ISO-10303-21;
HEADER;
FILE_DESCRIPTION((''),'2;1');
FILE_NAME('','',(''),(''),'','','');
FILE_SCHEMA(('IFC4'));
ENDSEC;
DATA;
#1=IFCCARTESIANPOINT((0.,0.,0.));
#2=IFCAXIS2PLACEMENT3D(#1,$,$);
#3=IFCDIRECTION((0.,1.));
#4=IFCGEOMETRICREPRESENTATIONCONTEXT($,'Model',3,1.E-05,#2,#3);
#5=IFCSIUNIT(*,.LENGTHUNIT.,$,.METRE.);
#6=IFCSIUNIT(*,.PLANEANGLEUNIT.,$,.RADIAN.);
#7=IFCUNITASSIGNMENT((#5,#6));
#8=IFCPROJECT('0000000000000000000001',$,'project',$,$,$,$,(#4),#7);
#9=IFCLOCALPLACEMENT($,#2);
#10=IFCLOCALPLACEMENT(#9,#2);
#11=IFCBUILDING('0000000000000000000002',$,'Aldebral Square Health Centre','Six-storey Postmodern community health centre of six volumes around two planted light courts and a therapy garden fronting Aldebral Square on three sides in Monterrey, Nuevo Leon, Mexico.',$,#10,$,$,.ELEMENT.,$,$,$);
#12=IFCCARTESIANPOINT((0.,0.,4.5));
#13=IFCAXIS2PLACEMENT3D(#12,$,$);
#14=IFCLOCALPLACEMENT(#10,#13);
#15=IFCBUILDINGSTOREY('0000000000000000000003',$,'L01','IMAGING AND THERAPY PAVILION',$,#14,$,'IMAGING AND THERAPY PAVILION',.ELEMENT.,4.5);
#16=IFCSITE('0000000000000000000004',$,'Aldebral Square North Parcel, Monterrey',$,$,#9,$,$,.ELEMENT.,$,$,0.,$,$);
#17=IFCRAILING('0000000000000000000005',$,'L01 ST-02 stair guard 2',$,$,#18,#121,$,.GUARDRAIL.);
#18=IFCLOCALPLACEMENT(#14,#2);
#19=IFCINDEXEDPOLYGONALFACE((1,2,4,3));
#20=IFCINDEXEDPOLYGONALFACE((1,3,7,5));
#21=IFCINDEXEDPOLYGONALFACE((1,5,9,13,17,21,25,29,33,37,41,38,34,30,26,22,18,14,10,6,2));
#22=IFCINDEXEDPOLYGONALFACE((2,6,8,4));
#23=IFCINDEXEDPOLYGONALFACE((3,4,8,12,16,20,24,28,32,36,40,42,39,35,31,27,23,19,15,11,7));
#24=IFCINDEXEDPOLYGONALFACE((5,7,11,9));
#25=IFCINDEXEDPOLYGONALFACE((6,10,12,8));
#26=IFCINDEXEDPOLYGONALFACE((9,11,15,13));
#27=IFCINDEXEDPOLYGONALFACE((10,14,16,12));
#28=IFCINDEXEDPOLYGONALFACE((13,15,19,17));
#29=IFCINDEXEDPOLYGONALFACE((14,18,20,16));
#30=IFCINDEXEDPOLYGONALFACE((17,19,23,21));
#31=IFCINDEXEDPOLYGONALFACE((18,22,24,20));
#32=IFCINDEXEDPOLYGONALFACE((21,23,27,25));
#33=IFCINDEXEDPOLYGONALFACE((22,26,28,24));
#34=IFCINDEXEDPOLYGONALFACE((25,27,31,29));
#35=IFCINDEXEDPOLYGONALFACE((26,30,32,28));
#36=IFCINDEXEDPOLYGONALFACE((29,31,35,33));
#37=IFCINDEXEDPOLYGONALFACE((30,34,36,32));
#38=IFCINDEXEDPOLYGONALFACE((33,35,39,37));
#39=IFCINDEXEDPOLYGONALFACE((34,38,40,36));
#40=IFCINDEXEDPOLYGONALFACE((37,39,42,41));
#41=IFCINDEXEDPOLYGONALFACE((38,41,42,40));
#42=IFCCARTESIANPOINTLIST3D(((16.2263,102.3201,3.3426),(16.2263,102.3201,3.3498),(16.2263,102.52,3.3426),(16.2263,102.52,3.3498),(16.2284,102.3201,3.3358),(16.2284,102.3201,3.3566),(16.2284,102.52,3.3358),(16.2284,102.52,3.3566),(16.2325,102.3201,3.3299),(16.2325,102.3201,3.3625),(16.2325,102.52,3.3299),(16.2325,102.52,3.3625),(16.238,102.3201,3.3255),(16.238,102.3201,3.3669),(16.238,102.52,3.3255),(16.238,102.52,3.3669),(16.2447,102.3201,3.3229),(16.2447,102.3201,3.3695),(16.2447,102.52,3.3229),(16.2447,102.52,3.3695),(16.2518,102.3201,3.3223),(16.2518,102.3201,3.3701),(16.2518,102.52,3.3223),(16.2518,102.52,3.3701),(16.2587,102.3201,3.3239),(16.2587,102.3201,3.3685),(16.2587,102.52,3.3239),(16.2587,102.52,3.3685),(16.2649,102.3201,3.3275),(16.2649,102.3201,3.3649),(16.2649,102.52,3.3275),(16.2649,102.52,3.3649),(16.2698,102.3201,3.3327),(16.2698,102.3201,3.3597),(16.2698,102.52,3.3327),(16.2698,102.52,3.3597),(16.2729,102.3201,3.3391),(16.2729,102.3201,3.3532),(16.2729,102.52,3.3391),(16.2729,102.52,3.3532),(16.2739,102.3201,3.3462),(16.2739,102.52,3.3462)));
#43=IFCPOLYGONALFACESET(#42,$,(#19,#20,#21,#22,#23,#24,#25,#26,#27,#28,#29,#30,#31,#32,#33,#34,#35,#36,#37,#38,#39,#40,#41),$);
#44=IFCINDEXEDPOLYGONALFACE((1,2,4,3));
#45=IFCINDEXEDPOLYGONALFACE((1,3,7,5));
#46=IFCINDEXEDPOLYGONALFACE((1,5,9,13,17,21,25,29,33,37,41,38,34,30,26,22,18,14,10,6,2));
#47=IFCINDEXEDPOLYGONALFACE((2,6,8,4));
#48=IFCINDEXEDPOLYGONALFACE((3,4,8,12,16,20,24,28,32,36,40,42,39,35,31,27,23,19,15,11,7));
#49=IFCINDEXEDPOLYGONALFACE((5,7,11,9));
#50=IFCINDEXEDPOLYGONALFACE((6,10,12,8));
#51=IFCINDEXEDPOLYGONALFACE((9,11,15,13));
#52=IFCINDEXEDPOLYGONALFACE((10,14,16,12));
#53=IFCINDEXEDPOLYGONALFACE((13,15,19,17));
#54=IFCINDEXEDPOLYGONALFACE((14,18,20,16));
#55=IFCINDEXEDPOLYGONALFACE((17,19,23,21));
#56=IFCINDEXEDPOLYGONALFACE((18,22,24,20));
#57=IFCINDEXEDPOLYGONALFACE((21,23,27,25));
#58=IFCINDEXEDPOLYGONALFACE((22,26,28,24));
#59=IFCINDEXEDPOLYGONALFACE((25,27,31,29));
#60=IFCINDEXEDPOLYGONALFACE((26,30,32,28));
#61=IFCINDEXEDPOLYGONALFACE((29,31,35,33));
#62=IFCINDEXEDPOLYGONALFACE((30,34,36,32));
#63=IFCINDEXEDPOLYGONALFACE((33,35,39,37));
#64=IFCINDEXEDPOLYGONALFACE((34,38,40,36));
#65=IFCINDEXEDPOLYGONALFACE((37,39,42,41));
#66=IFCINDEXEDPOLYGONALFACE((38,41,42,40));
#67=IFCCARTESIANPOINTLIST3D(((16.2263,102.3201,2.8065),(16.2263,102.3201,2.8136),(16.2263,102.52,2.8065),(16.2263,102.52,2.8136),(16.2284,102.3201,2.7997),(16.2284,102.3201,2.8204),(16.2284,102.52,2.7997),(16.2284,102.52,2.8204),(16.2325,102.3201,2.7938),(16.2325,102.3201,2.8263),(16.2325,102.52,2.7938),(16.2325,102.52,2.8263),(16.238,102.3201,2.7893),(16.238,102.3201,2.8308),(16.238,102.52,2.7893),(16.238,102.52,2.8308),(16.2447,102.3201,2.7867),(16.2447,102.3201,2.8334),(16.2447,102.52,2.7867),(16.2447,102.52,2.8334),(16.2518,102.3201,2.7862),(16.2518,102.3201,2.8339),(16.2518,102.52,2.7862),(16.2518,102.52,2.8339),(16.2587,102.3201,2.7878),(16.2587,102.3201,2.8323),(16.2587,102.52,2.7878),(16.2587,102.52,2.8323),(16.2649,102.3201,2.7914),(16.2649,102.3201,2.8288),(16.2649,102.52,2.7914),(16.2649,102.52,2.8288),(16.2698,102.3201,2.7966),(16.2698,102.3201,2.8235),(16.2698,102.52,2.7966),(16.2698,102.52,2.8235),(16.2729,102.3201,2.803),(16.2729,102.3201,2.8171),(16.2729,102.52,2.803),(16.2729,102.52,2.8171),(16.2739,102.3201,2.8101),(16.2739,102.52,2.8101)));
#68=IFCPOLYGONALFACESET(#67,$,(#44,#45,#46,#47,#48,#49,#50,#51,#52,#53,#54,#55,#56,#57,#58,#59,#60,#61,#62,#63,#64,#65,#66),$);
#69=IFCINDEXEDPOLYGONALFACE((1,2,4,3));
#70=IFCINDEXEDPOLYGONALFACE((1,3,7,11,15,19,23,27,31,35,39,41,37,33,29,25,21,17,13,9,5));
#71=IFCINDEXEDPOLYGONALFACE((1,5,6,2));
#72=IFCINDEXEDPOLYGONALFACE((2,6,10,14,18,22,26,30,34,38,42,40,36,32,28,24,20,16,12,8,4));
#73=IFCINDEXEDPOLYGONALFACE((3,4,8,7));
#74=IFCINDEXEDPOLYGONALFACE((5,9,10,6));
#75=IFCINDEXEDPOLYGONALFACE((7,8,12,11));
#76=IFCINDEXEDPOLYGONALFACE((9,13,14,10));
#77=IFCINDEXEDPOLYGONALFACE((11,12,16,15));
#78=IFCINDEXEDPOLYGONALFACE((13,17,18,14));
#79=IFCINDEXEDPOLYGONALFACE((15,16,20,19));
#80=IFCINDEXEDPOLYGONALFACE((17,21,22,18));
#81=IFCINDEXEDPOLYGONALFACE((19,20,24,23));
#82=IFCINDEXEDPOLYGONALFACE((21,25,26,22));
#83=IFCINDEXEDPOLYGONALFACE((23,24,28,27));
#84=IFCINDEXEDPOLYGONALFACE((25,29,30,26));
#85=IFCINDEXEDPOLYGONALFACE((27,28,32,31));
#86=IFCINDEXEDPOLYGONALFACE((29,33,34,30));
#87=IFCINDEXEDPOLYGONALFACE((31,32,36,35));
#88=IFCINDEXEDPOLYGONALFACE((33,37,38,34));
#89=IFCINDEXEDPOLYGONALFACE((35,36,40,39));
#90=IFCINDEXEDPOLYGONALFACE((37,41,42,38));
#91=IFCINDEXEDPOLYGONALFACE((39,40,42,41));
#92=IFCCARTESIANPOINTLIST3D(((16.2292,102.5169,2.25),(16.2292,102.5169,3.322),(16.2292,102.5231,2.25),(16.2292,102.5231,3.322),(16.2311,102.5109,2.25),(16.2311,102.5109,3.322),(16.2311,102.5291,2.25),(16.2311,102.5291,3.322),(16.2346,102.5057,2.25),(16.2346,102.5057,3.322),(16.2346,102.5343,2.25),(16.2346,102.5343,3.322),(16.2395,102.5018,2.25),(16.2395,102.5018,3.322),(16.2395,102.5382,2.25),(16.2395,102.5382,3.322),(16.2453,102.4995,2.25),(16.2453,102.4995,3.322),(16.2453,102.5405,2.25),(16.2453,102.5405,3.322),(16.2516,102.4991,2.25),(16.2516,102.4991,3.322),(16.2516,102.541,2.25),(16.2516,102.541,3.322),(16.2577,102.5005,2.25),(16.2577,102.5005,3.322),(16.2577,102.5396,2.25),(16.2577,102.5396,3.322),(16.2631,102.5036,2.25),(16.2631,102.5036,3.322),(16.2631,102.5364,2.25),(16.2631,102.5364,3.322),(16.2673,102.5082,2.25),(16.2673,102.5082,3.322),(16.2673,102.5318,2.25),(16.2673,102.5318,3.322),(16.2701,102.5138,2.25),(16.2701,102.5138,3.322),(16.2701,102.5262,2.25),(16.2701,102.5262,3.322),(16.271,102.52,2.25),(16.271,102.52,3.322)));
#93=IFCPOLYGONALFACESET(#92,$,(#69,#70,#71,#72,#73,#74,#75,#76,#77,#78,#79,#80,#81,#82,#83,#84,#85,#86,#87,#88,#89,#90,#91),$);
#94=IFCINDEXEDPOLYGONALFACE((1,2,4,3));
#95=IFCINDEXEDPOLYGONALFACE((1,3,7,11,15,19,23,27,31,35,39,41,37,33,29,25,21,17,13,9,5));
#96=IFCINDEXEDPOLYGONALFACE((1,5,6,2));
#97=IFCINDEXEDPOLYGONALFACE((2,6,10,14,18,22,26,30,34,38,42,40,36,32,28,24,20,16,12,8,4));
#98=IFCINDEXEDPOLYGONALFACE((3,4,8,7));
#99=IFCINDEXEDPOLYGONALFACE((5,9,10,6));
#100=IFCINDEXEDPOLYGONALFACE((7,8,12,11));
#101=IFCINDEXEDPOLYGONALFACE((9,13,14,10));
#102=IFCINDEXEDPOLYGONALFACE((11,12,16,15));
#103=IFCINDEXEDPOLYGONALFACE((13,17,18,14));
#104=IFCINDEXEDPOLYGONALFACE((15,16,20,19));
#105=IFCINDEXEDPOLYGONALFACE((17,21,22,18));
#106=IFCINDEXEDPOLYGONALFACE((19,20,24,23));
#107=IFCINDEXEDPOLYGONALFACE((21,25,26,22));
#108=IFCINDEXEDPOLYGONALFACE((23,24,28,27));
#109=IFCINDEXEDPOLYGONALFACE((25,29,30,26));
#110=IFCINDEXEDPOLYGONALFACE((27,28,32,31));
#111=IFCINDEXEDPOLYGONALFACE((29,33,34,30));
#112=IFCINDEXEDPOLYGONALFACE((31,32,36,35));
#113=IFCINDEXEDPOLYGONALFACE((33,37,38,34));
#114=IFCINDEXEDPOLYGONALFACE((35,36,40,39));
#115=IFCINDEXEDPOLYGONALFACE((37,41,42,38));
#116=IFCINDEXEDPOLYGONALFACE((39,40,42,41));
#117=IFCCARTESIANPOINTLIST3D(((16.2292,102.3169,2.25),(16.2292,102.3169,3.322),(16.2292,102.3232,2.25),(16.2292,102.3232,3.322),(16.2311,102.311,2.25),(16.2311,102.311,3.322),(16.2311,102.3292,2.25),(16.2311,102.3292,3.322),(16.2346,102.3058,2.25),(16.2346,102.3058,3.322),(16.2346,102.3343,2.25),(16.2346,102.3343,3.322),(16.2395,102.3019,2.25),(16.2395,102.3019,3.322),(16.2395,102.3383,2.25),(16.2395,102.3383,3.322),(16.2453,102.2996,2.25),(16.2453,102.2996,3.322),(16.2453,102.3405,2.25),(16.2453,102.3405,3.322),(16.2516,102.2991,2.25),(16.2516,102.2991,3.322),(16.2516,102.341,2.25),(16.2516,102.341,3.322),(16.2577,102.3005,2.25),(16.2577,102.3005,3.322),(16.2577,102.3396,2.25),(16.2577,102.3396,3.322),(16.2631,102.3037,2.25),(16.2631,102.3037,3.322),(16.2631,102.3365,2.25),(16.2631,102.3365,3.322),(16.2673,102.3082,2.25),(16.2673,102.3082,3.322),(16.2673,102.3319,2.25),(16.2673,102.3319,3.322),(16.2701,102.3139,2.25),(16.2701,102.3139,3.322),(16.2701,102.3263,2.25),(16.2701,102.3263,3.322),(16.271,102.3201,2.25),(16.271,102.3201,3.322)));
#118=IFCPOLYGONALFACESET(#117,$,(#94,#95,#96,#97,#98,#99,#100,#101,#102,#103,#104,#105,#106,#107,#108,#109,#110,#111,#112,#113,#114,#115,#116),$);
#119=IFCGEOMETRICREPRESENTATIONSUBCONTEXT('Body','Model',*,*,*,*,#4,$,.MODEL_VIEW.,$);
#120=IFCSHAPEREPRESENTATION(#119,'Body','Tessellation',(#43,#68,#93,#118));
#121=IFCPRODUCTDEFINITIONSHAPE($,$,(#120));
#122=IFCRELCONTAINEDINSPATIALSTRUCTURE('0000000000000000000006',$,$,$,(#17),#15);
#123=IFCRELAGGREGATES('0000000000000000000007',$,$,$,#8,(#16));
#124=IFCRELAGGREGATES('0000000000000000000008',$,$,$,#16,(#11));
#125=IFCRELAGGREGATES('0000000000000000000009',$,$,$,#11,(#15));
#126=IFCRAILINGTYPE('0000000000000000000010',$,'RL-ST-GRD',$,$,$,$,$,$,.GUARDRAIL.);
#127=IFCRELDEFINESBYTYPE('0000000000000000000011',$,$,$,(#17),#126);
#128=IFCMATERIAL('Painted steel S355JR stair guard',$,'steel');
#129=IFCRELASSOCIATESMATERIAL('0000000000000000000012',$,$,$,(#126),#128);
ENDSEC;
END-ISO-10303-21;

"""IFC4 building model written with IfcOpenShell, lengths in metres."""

from ifc_helpers import new_model, si_unit, direction, frame, origin, origin_2d, place, context, subcontext, project, spatial, circle, extrude, material, type_object, element, save


model = new_model("IFC4")

# Units and contexts
model_context = context("Model", 3, precision=1e-05, world=origin(), true_north=direction((0.0, 1.0)))
body_context = subcontext(model_context, "Body", "Model", "MODEL_VIEW")
ifc_project = project(units=[si_unit("LENGTHUNIT", "METRE"), si_unit("PLANEANGLEUNIT", "RADIAN")], contexts=[model_context])

# Site, building, storey
site_placement = place(None, origin())
site = spatial("IfcSite", under=ifc_project, at=site_placement, Name="Aldebral Square North Parcel, Monterrey", CompositionType="ELEMENT", RefElevation=0.0)
building_placement = place(site_placement, origin())
building = spatial("IfcBuilding", under=site, at=building_placement, Name="Aldebral Square Health Centre", Description="Six-storey Postmodern community health centre of six volumes around two planted light courts and a therapy garden fronting Aldebral Square on three sides in Monterrey, Nuevo Leon, Mexico.", CompositionType="ELEMENT")
storey_placement = place(building_placement, frame((0.0, 0.0, 4.5)))
storey = spatial("IfcBuildingStorey", under=building, at=storey_placement, Name="L01", Description="IMAGING AND THERAPY PAVILION", LongName="IMAGING AND THERAPY PAVILION", CompositionType="ELEMENT", Elevation=4.5)

# Railing
ifc_material_1 = material(Name="Painted steel S355JR stair guard", Category="steel")
railing_type_1 = type_object("IfcRailingType", Name="RL-ST-GRD", PredefinedType="GUARDRAIL", material=ifc_material_1)
railing_1_placement = place(storey_placement, frame((16.25, 102.52, 2.25)))
element("IfcRailing", 1, at=railing_1_placement, inside=storey, type_object=railing_type_1, Name="L01 ST-02 stair guard 2", PredefinedType="GUARDRAIL", context=body_context, shape_type="SweptSolid", body=[
    extrude(circle(Radius=0.0239, at=origin_2d()), frame((0.0, 0.0, 1.0962), z_axis=(0.0, -1.0, 0.0), x_axis=(1.0, 0.0, 0.0)), (0.0, 0.0, 1.0), 0.2),
    extrude(circle(Radius=0.0239, at=origin_2d()), frame((0.0, 0.0, 0.5601), z_axis=(0.0, -1.0, 0.0), x_axis=(1.0, 0.0, 0.0)), (0.0, 0.0, 1.0), 0.2),
    extrude(circle(Radius=0.021, at=origin_2d()), origin(), (0.0, 0.0, 1.0), 1.072),
    extrude(circle(Radius=0.021, at=origin_2d()), frame((0.0, -0.2, 0.0)), (0.0, 0.0, 1.0), 1.072),
])

save(model, "model.ifc")
